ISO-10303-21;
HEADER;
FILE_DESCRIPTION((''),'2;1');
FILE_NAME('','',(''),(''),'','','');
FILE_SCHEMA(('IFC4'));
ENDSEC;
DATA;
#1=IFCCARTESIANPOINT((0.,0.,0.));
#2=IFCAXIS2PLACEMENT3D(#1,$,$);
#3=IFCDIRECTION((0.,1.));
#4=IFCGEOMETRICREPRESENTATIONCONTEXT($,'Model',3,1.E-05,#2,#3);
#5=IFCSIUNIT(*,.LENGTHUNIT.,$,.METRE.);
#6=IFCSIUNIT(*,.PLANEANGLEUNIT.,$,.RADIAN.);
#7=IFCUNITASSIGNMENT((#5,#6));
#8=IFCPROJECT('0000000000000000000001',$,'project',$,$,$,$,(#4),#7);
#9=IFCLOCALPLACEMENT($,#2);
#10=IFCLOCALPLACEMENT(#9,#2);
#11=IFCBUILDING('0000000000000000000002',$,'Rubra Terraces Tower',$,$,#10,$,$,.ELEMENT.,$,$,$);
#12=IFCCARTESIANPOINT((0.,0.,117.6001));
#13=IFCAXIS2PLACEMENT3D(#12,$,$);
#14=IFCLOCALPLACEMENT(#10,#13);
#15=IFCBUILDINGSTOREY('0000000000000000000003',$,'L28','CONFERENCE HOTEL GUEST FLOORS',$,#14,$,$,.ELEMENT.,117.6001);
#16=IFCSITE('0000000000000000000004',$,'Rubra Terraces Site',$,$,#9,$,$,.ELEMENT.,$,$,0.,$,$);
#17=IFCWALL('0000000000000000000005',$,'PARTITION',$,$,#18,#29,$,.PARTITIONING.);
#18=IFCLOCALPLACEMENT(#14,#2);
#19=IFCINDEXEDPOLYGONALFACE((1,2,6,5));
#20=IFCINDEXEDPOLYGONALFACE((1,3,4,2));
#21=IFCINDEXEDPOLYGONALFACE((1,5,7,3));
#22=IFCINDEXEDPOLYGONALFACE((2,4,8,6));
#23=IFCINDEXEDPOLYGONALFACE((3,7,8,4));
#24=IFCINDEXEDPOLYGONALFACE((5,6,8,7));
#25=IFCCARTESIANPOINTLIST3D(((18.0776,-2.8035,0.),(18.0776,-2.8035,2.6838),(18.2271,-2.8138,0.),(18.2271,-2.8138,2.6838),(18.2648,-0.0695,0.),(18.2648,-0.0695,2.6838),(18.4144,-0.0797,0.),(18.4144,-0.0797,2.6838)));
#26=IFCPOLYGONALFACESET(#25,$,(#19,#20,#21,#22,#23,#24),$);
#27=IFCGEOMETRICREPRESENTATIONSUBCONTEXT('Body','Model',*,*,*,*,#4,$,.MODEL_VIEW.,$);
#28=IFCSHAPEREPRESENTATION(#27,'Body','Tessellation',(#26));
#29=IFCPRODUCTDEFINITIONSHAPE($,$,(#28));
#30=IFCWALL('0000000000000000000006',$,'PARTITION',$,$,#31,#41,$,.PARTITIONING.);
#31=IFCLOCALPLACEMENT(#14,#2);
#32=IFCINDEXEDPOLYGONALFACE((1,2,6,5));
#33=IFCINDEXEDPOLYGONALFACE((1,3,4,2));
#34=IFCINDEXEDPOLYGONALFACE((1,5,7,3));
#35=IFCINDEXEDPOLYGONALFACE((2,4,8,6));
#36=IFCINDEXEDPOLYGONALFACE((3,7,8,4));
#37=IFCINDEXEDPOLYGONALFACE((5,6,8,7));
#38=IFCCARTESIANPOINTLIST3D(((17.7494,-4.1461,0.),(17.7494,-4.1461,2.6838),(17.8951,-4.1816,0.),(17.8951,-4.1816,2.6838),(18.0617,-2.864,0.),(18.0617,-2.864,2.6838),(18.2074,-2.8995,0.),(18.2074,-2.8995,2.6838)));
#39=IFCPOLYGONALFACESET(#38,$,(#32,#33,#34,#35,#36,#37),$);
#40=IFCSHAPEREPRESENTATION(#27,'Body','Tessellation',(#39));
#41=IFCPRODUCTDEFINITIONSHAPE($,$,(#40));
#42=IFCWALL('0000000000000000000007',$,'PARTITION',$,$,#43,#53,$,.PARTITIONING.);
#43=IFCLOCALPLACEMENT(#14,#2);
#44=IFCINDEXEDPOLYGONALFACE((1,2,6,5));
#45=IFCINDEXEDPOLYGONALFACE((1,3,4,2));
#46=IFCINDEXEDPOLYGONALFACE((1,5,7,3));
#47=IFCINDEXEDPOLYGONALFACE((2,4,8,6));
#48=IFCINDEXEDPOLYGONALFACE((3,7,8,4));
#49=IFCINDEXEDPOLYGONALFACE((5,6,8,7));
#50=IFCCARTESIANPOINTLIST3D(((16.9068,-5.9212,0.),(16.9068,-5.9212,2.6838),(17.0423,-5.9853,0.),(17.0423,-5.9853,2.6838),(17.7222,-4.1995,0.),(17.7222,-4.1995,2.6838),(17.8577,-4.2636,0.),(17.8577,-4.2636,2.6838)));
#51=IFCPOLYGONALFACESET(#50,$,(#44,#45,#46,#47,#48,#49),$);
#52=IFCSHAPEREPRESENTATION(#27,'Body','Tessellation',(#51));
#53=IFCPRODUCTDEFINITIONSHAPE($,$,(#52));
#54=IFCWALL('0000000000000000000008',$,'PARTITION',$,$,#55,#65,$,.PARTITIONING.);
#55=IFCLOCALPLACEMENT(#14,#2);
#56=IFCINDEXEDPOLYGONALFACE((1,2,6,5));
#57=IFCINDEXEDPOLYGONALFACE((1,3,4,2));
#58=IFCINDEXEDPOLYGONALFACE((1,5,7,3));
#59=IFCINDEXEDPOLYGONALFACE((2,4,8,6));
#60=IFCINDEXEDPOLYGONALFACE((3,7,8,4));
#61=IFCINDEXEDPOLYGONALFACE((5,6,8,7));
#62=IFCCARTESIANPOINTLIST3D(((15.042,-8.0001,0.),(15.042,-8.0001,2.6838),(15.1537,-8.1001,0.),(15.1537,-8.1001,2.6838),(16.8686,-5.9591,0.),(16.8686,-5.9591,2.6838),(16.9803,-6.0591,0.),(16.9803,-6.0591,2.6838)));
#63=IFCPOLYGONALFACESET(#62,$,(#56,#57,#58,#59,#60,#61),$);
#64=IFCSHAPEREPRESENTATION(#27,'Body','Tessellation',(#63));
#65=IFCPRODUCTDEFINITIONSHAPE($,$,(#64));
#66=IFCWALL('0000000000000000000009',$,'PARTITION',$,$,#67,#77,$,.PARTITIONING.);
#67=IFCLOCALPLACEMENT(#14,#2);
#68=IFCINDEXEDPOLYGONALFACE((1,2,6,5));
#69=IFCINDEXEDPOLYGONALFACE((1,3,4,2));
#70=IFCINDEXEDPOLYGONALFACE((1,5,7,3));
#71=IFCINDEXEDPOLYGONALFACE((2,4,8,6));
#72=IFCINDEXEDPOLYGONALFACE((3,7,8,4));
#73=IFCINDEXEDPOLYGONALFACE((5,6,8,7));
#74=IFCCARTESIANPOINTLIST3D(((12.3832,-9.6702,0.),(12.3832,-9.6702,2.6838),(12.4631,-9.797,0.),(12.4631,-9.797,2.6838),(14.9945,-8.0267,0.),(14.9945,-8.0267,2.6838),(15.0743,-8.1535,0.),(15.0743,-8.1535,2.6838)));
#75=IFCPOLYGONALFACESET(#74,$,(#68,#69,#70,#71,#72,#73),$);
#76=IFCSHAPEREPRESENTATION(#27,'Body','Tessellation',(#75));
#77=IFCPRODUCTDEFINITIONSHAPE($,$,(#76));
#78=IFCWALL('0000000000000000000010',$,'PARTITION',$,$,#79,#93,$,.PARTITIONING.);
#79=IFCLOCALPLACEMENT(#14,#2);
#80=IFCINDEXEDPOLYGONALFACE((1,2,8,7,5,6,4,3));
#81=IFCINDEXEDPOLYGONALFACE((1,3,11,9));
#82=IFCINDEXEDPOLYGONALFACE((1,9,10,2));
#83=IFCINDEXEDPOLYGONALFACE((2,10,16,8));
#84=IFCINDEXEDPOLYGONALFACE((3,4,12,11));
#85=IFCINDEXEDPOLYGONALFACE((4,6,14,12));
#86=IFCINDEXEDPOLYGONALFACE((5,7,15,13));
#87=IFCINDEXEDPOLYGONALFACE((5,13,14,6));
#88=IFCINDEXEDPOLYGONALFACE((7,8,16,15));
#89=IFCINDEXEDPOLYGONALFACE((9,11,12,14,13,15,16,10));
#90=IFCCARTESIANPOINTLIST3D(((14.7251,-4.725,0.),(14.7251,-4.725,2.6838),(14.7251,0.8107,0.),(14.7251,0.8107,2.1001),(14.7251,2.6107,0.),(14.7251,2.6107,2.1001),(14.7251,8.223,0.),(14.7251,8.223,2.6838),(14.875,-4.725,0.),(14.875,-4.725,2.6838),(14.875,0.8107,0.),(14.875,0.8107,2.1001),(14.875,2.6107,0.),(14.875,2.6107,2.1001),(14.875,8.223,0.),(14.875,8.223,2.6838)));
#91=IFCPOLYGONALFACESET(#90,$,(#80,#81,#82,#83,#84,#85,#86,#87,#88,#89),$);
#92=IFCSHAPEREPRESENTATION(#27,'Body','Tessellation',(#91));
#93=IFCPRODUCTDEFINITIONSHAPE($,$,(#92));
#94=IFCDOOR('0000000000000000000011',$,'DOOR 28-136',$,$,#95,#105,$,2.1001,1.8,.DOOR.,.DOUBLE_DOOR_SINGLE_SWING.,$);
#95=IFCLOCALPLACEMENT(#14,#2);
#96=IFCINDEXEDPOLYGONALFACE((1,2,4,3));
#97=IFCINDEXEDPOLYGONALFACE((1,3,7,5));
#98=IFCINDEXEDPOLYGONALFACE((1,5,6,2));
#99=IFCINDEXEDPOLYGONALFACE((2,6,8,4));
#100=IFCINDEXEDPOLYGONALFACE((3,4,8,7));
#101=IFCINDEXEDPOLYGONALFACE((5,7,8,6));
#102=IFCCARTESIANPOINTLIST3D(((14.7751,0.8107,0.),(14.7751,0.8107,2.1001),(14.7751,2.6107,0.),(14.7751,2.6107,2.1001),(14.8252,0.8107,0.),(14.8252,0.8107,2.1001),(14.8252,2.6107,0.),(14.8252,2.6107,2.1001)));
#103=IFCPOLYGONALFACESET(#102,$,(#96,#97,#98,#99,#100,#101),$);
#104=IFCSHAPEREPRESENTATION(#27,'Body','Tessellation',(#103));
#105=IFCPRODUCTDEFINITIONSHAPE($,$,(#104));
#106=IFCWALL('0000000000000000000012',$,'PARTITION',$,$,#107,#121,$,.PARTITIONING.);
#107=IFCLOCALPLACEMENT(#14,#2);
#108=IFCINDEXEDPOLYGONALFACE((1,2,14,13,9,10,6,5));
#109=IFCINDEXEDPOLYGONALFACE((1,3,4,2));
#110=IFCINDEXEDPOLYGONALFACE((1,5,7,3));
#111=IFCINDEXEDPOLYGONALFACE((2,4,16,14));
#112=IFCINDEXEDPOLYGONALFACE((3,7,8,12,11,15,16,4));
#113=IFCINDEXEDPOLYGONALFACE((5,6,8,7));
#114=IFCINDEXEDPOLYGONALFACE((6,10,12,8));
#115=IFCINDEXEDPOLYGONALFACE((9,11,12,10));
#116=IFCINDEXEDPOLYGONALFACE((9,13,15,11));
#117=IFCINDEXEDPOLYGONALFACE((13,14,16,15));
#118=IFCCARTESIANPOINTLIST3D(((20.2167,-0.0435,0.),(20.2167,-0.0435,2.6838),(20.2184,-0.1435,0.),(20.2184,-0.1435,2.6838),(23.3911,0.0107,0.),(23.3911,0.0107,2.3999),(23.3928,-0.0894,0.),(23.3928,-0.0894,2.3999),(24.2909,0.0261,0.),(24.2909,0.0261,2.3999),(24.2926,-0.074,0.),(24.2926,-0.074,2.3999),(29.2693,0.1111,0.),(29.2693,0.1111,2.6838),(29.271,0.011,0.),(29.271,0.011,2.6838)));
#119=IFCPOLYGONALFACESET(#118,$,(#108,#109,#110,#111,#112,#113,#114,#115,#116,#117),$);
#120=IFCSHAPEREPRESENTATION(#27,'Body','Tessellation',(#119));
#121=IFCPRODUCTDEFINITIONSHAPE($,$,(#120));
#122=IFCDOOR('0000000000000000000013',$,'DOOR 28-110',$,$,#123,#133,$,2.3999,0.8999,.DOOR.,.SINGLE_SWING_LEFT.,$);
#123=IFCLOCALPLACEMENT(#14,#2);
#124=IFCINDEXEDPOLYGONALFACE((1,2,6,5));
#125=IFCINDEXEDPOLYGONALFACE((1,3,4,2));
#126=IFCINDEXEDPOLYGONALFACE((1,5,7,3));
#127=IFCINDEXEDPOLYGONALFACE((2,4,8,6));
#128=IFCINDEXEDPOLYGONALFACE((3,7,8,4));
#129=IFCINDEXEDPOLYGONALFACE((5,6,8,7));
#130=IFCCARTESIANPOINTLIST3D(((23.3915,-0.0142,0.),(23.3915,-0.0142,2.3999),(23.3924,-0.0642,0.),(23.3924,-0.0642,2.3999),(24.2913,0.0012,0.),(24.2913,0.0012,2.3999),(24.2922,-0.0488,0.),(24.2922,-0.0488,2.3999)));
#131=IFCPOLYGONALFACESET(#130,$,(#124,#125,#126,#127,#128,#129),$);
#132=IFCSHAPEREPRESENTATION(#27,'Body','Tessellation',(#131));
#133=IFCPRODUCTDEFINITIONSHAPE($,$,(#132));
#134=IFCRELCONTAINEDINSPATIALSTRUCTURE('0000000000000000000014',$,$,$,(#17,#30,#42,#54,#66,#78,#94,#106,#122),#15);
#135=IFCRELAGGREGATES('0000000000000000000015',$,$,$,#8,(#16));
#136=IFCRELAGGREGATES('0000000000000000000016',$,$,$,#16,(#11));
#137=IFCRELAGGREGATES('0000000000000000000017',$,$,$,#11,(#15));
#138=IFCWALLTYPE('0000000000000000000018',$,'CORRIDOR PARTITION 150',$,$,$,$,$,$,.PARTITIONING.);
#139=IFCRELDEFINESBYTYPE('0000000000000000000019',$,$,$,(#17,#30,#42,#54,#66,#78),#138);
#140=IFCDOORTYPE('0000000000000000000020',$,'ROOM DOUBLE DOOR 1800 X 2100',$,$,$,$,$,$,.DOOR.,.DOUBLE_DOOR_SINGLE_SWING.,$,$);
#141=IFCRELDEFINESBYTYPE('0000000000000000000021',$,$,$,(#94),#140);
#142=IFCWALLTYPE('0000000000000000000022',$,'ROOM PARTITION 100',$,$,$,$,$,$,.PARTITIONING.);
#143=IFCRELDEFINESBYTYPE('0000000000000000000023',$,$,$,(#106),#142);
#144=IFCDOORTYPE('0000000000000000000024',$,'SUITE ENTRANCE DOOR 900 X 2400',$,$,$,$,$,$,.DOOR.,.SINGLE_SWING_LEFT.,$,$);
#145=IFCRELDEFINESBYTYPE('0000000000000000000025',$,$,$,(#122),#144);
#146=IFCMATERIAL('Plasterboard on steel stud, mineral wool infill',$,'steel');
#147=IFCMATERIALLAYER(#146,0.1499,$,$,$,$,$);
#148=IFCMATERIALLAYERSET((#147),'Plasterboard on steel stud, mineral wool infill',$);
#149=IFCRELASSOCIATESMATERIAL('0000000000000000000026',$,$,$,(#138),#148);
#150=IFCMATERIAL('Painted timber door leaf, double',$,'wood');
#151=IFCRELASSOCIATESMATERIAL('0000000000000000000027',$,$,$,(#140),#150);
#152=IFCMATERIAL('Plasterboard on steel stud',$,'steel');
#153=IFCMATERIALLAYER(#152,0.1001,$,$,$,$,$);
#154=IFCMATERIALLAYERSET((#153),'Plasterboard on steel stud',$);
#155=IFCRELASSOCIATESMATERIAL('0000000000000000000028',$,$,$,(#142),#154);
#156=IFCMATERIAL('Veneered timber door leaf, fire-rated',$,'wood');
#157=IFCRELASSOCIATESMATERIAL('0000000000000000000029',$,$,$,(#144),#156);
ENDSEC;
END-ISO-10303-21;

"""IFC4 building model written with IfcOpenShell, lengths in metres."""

from ifc_helpers import new_model, si_unit, direction, frame, frame_2d, origin, place, context, subcontext, project, spatial, rectangle, extrude, material, layer, layer_set, type_object, element, fill, save


model = new_model("IFC4")

# Units and contexts
model_context = context("Model", 3, precision=1e-05, world=origin(), true_north=direction((0.0, 1.0)))
body_context = subcontext(model_context, "Body", "Model", "MODEL_VIEW")
ifc_project = project(units=[si_unit("LENGTHUNIT", "METRE"), si_unit("PLANEANGLEUNIT", "RADIAN")], contexts=[model_context])

# Site, building, storey
site_placement = place(None, origin())
site = spatial("IfcSite", under=ifc_project, at=site_placement, Name="Rubra Terraces Site", CompositionType="ELEMENT", RefElevation=0.0)
building_placement = place(site_placement, origin())
building = spatial("IfcBuilding", under=site, at=building_placement, Name="Rubra Terraces Tower", CompositionType="ELEMENT")
storey_placement = place(building_placement, frame((0.0, 0.0, 117.6001)))
storey = spatial("IfcBuildingStorey", under=building, at=storey_placement, Name="L28", Description="CONFERENCE HOTEL GUEST FLOORS", CompositionType="ELEMENT", Elevation=117.6001)

# Shared definitions
ifc_material_1 = material(Name="Plasterboard on steel stud, mineral wool infill", Category="steel")
ifc_layer_1 = layer(ifc_material_1, 0.1499)
ifc_layer_set_1 = layer_set([ifc_layer_1], Name="Plasterboard on steel stud, mineral wool infill")
wall_type_1 = type_object("IfcWallType", Name="CORRIDOR PARTITION 150", PredefinedType="PARTITIONING", material=ifc_layer_set_1)

# Walls
wall_1_placement = place(storey_placement, frame((18.3396, -0.0747, 0.0), z_axis=(0.0, 0.0, 1.0), x_axis=(-0.068328, -0.997663, 0.0)))
element("IfcWall", 1, at=wall_1_placement, inside=storey, type_object=wall_type_1, Name="PARTITION", PredefinedType="PARTITIONING", context=body_context, shape_type="SweptSolid", body=[
    extrude(rectangle(XDim=2.7405, YDim=0.1499, at=frame_2d((1.3701, 0.0))), origin(), (0.0, 0.0, 1.0), 2.6838),
])
wall_2_placement = place(storey_placement, frame((18.1345, -2.8818, 0.0), z_axis=(0.0, 0.0, 1.0), x_axis=(-0.236654, -0.971594, 0.0)))
element("IfcWall", 2, at=wall_2_placement, inside=storey, type_object=wall_type_1, Name="PARTITION", PredefinedType="PARTITIONING", context=body_context, shape_type="SweptSolid", body=[
    extrude(rectangle(XDim=1.3196, YDim=0.1499, at=frame_2d((0.6597, 0.0))), origin(), (0.0, 0.0, 1.0), 2.6838),
])
wall_3_placement = place(storey_placement, frame((17.79, -4.2314, 0.0), z_axis=(0.0, 0.0, 1.0), x_axis=(-0.428042, -0.903759, 0.0)))
element("IfcWall", 3, at=wall_3_placement, inside=storey, type_object=wall_type_1, Name="PARTITION", PredefinedType="PARTITIONING", context=body_context, shape_type="SweptSolid", body=[
    extrude(rectangle(XDim=1.905, YDim=0.1499, at=frame_2d((0.9526, 0.0))), origin(), (0.0, 0.0, 1.0), 2.6838),
])
wall_4_placement = place(storey_placement, frame((16.9246, -6.009, 0.0), z_axis=(0.0, 0.0, 1.0), x_axis=(-0.666894, -0.745153, 0.0)))
element("IfcWall", 4, at=wall_4_placement, inside=storey, type_object=wall_type_1, Name="PARTITION", PredefinedType="PARTITIONING", context=body_context, shape_type="SweptSolid", body=[
    extrude(rectangle(XDim=2.739, YDim=0.1499, at=frame_2d((1.3696, 0.0))), origin(), (0.0, 0.0, 1.0), 2.6838),
])
wall_5_placement = place(storey_placement, frame((15.0344, -8.0901, 0.0), z_axis=(0.0, 0.0, 1.0), x_axis=(-0.846323, -0.532671, 0.0)))
element("IfcWall", 5, at=wall_5_placement, inside=storey, type_object=wall_type_1, Name="PARTITION", PredefinedType="PARTITIONING", context=body_context, shape_type="SweptSolid", body=[
    extrude(rectangle(XDim=3.0854, YDim=0.1499, at=frame_2d((1.5427, 0.0))), origin(), (0.0, 0.0, 1.0), 2.6838),
])

# Walls, openings, doors
wall_6_placement = place(storey_placement, frame((14.8, -4.7251, 0.0), z_axis=(0.0, 0.0, 1.0), x_axis=(0.0, 1.0, 0.0)))
wall_6 = element("IfcWall", 6, at=wall_6_placement, inside=storey, type_object=wall_type_1, Name="PARTITION", PredefinedType="PARTITIONING", context=body_context, shape_type="SweptSolid", body=[
    extrude(rectangle(XDim=12.948, YDim=0.1499, at=frame_2d((6.4741, 0.0))), origin(), (0.0, 0.0, 1.0), 2.6838),
])
opening_1_placement = place(wall_6_placement, frame((5.5359, 0.0, 0.0)))
opening_1 = element("IfcOpeningElement", 7, at=opening_1_placement, cuts=wall_6, PredefinedType="OPENING", context=body_context, shape_type="SweptSolid", body=[
    extrude(rectangle(XDim=1.8, YDim=2.1001, at=frame_2d((0.8999, 1.05))), frame((0.0, 0.085, 0.0), z_axis=(0.0, -1.0, 0.0), x_axis=(1.0, 0.0, 0.0)), (0.0, 0.0, 1.0), 0.1699),
])
ifc_material_2 = material(Name="Painted timber door leaf, double", Category="wood")
door_type_1 = type_object("IfcDoorType", Name="ROOM DOUBLE DOOR 1800 X 2100", OperationType="DOUBLE_DOOR_SINGLE_SWING", PredefinedType="DOOR", material=ifc_material_2)
door_1_placement = place(opening_1_placement, origin())
door_1 = element("IfcDoor", 8, at=door_1_placement, inside=storey, type_object=door_type_1, Name="DOOR 28-136", OperationType="DOUBLE_DOOR_SINGLE_SWING", OverallHeight=2.1001, OverallWidth=1.8, PredefinedType="DOOR", context=body_context, shape_type="SweptSolid", body=[
    extrude(rectangle(XDim=1.8, YDim=2.1001, at=frame_2d((0.8999, 1.05))), frame((0.0, 0.0249, 0.0), z_axis=(0.0, -1.0, 0.0), x_axis=(1.0, 0.0, 0.0)), (0.0, 0.0, 1.0), 0.05),
])
fill(opening_1, door_1)
ifc_material_3 = material(Name="Plasterboard on steel stud", Category="steel")
ifc_layer_2 = layer(ifc_material_3, 0.1001)
ifc_layer_set_2 = layer_set([ifc_layer_2], Name="Plasterboard on steel stud")
wall_type_2 = type_object("IfcWallType", Name="ROOM PARTITION 100", PredefinedType="PARTITIONING", material=ifc_layer_set_2)
wall_7_placement = place(storey_placement, frame((29.27, 0.061, 0.0), z_axis=(0.0, 0.0, 1.0), x_axis=(-0.999854, -0.017069, 0.0)))
wall_7 = element("IfcWall", 9, at=wall_7_placement, inside=storey, type_object=wall_type_2, Name="PARTITION", PredefinedType="PARTITIONING", context=body_context, shape_type="SweptSolid", body=[
    extrude(rectangle(XDim=9.054, YDim=0.1001, at=frame_2d((4.5269, 0.0))), origin(), (0.0, 0.0, 1.0), 2.6838),
])
opening_2_placement = place(wall_7_placement, frame((4.979, 0.0, 0.0)))
opening_2 = element("IfcOpeningElement", 10, at=opening_2_placement, cuts=wall_7, PredefinedType="OPENING", context=body_context, shape_type="SweptSolid", body=[
    extrude(rectangle(XDim=0.8999, YDim=2.3999, at=frame_2d((0.45, 1.2))), frame((0.0, 0.0601, 0.0), z_axis=(0.0, -1.0, 0.0), x_axis=(1.0, 0.0, 0.0)), (0.0, 0.0, 1.0), 0.1201),
])
ifc_material_4 = material(Name="Veneered timber door leaf, fire-rated", Category="wood")
door_type_2 = type_object("IfcDoorType", Name="SUITE ENTRANCE DOOR 900 X 2400", OperationType="SINGLE_SWING_LEFT", PredefinedType="DOOR", material=ifc_material_4)
door_2_placement = place(opening_2_placement, origin())
door_2 = element("IfcDoor", 11, at=door_2_placement, inside=storey, type_object=door_type_2, Name="DOOR 28-110", OperationType="SINGLE_SWING_LEFT", OverallHeight=2.3999, OverallWidth=0.8999, PredefinedType="DOOR", context=body_context, shape_type="SweptSolid", body=[
    extrude(rectangle(XDim=0.8999, YDim=2.3999, at=frame_2d((0.45, 1.2))), frame((0.0, 0.0249, 0.0), z_axis=(0.0, -1.0, 0.0), x_axis=(1.0, 0.0, 0.0)), (0.0, 0.0, 1.0), 0.05),
])
fill(opening_2, door_2)

save(model, "model.ifc")
